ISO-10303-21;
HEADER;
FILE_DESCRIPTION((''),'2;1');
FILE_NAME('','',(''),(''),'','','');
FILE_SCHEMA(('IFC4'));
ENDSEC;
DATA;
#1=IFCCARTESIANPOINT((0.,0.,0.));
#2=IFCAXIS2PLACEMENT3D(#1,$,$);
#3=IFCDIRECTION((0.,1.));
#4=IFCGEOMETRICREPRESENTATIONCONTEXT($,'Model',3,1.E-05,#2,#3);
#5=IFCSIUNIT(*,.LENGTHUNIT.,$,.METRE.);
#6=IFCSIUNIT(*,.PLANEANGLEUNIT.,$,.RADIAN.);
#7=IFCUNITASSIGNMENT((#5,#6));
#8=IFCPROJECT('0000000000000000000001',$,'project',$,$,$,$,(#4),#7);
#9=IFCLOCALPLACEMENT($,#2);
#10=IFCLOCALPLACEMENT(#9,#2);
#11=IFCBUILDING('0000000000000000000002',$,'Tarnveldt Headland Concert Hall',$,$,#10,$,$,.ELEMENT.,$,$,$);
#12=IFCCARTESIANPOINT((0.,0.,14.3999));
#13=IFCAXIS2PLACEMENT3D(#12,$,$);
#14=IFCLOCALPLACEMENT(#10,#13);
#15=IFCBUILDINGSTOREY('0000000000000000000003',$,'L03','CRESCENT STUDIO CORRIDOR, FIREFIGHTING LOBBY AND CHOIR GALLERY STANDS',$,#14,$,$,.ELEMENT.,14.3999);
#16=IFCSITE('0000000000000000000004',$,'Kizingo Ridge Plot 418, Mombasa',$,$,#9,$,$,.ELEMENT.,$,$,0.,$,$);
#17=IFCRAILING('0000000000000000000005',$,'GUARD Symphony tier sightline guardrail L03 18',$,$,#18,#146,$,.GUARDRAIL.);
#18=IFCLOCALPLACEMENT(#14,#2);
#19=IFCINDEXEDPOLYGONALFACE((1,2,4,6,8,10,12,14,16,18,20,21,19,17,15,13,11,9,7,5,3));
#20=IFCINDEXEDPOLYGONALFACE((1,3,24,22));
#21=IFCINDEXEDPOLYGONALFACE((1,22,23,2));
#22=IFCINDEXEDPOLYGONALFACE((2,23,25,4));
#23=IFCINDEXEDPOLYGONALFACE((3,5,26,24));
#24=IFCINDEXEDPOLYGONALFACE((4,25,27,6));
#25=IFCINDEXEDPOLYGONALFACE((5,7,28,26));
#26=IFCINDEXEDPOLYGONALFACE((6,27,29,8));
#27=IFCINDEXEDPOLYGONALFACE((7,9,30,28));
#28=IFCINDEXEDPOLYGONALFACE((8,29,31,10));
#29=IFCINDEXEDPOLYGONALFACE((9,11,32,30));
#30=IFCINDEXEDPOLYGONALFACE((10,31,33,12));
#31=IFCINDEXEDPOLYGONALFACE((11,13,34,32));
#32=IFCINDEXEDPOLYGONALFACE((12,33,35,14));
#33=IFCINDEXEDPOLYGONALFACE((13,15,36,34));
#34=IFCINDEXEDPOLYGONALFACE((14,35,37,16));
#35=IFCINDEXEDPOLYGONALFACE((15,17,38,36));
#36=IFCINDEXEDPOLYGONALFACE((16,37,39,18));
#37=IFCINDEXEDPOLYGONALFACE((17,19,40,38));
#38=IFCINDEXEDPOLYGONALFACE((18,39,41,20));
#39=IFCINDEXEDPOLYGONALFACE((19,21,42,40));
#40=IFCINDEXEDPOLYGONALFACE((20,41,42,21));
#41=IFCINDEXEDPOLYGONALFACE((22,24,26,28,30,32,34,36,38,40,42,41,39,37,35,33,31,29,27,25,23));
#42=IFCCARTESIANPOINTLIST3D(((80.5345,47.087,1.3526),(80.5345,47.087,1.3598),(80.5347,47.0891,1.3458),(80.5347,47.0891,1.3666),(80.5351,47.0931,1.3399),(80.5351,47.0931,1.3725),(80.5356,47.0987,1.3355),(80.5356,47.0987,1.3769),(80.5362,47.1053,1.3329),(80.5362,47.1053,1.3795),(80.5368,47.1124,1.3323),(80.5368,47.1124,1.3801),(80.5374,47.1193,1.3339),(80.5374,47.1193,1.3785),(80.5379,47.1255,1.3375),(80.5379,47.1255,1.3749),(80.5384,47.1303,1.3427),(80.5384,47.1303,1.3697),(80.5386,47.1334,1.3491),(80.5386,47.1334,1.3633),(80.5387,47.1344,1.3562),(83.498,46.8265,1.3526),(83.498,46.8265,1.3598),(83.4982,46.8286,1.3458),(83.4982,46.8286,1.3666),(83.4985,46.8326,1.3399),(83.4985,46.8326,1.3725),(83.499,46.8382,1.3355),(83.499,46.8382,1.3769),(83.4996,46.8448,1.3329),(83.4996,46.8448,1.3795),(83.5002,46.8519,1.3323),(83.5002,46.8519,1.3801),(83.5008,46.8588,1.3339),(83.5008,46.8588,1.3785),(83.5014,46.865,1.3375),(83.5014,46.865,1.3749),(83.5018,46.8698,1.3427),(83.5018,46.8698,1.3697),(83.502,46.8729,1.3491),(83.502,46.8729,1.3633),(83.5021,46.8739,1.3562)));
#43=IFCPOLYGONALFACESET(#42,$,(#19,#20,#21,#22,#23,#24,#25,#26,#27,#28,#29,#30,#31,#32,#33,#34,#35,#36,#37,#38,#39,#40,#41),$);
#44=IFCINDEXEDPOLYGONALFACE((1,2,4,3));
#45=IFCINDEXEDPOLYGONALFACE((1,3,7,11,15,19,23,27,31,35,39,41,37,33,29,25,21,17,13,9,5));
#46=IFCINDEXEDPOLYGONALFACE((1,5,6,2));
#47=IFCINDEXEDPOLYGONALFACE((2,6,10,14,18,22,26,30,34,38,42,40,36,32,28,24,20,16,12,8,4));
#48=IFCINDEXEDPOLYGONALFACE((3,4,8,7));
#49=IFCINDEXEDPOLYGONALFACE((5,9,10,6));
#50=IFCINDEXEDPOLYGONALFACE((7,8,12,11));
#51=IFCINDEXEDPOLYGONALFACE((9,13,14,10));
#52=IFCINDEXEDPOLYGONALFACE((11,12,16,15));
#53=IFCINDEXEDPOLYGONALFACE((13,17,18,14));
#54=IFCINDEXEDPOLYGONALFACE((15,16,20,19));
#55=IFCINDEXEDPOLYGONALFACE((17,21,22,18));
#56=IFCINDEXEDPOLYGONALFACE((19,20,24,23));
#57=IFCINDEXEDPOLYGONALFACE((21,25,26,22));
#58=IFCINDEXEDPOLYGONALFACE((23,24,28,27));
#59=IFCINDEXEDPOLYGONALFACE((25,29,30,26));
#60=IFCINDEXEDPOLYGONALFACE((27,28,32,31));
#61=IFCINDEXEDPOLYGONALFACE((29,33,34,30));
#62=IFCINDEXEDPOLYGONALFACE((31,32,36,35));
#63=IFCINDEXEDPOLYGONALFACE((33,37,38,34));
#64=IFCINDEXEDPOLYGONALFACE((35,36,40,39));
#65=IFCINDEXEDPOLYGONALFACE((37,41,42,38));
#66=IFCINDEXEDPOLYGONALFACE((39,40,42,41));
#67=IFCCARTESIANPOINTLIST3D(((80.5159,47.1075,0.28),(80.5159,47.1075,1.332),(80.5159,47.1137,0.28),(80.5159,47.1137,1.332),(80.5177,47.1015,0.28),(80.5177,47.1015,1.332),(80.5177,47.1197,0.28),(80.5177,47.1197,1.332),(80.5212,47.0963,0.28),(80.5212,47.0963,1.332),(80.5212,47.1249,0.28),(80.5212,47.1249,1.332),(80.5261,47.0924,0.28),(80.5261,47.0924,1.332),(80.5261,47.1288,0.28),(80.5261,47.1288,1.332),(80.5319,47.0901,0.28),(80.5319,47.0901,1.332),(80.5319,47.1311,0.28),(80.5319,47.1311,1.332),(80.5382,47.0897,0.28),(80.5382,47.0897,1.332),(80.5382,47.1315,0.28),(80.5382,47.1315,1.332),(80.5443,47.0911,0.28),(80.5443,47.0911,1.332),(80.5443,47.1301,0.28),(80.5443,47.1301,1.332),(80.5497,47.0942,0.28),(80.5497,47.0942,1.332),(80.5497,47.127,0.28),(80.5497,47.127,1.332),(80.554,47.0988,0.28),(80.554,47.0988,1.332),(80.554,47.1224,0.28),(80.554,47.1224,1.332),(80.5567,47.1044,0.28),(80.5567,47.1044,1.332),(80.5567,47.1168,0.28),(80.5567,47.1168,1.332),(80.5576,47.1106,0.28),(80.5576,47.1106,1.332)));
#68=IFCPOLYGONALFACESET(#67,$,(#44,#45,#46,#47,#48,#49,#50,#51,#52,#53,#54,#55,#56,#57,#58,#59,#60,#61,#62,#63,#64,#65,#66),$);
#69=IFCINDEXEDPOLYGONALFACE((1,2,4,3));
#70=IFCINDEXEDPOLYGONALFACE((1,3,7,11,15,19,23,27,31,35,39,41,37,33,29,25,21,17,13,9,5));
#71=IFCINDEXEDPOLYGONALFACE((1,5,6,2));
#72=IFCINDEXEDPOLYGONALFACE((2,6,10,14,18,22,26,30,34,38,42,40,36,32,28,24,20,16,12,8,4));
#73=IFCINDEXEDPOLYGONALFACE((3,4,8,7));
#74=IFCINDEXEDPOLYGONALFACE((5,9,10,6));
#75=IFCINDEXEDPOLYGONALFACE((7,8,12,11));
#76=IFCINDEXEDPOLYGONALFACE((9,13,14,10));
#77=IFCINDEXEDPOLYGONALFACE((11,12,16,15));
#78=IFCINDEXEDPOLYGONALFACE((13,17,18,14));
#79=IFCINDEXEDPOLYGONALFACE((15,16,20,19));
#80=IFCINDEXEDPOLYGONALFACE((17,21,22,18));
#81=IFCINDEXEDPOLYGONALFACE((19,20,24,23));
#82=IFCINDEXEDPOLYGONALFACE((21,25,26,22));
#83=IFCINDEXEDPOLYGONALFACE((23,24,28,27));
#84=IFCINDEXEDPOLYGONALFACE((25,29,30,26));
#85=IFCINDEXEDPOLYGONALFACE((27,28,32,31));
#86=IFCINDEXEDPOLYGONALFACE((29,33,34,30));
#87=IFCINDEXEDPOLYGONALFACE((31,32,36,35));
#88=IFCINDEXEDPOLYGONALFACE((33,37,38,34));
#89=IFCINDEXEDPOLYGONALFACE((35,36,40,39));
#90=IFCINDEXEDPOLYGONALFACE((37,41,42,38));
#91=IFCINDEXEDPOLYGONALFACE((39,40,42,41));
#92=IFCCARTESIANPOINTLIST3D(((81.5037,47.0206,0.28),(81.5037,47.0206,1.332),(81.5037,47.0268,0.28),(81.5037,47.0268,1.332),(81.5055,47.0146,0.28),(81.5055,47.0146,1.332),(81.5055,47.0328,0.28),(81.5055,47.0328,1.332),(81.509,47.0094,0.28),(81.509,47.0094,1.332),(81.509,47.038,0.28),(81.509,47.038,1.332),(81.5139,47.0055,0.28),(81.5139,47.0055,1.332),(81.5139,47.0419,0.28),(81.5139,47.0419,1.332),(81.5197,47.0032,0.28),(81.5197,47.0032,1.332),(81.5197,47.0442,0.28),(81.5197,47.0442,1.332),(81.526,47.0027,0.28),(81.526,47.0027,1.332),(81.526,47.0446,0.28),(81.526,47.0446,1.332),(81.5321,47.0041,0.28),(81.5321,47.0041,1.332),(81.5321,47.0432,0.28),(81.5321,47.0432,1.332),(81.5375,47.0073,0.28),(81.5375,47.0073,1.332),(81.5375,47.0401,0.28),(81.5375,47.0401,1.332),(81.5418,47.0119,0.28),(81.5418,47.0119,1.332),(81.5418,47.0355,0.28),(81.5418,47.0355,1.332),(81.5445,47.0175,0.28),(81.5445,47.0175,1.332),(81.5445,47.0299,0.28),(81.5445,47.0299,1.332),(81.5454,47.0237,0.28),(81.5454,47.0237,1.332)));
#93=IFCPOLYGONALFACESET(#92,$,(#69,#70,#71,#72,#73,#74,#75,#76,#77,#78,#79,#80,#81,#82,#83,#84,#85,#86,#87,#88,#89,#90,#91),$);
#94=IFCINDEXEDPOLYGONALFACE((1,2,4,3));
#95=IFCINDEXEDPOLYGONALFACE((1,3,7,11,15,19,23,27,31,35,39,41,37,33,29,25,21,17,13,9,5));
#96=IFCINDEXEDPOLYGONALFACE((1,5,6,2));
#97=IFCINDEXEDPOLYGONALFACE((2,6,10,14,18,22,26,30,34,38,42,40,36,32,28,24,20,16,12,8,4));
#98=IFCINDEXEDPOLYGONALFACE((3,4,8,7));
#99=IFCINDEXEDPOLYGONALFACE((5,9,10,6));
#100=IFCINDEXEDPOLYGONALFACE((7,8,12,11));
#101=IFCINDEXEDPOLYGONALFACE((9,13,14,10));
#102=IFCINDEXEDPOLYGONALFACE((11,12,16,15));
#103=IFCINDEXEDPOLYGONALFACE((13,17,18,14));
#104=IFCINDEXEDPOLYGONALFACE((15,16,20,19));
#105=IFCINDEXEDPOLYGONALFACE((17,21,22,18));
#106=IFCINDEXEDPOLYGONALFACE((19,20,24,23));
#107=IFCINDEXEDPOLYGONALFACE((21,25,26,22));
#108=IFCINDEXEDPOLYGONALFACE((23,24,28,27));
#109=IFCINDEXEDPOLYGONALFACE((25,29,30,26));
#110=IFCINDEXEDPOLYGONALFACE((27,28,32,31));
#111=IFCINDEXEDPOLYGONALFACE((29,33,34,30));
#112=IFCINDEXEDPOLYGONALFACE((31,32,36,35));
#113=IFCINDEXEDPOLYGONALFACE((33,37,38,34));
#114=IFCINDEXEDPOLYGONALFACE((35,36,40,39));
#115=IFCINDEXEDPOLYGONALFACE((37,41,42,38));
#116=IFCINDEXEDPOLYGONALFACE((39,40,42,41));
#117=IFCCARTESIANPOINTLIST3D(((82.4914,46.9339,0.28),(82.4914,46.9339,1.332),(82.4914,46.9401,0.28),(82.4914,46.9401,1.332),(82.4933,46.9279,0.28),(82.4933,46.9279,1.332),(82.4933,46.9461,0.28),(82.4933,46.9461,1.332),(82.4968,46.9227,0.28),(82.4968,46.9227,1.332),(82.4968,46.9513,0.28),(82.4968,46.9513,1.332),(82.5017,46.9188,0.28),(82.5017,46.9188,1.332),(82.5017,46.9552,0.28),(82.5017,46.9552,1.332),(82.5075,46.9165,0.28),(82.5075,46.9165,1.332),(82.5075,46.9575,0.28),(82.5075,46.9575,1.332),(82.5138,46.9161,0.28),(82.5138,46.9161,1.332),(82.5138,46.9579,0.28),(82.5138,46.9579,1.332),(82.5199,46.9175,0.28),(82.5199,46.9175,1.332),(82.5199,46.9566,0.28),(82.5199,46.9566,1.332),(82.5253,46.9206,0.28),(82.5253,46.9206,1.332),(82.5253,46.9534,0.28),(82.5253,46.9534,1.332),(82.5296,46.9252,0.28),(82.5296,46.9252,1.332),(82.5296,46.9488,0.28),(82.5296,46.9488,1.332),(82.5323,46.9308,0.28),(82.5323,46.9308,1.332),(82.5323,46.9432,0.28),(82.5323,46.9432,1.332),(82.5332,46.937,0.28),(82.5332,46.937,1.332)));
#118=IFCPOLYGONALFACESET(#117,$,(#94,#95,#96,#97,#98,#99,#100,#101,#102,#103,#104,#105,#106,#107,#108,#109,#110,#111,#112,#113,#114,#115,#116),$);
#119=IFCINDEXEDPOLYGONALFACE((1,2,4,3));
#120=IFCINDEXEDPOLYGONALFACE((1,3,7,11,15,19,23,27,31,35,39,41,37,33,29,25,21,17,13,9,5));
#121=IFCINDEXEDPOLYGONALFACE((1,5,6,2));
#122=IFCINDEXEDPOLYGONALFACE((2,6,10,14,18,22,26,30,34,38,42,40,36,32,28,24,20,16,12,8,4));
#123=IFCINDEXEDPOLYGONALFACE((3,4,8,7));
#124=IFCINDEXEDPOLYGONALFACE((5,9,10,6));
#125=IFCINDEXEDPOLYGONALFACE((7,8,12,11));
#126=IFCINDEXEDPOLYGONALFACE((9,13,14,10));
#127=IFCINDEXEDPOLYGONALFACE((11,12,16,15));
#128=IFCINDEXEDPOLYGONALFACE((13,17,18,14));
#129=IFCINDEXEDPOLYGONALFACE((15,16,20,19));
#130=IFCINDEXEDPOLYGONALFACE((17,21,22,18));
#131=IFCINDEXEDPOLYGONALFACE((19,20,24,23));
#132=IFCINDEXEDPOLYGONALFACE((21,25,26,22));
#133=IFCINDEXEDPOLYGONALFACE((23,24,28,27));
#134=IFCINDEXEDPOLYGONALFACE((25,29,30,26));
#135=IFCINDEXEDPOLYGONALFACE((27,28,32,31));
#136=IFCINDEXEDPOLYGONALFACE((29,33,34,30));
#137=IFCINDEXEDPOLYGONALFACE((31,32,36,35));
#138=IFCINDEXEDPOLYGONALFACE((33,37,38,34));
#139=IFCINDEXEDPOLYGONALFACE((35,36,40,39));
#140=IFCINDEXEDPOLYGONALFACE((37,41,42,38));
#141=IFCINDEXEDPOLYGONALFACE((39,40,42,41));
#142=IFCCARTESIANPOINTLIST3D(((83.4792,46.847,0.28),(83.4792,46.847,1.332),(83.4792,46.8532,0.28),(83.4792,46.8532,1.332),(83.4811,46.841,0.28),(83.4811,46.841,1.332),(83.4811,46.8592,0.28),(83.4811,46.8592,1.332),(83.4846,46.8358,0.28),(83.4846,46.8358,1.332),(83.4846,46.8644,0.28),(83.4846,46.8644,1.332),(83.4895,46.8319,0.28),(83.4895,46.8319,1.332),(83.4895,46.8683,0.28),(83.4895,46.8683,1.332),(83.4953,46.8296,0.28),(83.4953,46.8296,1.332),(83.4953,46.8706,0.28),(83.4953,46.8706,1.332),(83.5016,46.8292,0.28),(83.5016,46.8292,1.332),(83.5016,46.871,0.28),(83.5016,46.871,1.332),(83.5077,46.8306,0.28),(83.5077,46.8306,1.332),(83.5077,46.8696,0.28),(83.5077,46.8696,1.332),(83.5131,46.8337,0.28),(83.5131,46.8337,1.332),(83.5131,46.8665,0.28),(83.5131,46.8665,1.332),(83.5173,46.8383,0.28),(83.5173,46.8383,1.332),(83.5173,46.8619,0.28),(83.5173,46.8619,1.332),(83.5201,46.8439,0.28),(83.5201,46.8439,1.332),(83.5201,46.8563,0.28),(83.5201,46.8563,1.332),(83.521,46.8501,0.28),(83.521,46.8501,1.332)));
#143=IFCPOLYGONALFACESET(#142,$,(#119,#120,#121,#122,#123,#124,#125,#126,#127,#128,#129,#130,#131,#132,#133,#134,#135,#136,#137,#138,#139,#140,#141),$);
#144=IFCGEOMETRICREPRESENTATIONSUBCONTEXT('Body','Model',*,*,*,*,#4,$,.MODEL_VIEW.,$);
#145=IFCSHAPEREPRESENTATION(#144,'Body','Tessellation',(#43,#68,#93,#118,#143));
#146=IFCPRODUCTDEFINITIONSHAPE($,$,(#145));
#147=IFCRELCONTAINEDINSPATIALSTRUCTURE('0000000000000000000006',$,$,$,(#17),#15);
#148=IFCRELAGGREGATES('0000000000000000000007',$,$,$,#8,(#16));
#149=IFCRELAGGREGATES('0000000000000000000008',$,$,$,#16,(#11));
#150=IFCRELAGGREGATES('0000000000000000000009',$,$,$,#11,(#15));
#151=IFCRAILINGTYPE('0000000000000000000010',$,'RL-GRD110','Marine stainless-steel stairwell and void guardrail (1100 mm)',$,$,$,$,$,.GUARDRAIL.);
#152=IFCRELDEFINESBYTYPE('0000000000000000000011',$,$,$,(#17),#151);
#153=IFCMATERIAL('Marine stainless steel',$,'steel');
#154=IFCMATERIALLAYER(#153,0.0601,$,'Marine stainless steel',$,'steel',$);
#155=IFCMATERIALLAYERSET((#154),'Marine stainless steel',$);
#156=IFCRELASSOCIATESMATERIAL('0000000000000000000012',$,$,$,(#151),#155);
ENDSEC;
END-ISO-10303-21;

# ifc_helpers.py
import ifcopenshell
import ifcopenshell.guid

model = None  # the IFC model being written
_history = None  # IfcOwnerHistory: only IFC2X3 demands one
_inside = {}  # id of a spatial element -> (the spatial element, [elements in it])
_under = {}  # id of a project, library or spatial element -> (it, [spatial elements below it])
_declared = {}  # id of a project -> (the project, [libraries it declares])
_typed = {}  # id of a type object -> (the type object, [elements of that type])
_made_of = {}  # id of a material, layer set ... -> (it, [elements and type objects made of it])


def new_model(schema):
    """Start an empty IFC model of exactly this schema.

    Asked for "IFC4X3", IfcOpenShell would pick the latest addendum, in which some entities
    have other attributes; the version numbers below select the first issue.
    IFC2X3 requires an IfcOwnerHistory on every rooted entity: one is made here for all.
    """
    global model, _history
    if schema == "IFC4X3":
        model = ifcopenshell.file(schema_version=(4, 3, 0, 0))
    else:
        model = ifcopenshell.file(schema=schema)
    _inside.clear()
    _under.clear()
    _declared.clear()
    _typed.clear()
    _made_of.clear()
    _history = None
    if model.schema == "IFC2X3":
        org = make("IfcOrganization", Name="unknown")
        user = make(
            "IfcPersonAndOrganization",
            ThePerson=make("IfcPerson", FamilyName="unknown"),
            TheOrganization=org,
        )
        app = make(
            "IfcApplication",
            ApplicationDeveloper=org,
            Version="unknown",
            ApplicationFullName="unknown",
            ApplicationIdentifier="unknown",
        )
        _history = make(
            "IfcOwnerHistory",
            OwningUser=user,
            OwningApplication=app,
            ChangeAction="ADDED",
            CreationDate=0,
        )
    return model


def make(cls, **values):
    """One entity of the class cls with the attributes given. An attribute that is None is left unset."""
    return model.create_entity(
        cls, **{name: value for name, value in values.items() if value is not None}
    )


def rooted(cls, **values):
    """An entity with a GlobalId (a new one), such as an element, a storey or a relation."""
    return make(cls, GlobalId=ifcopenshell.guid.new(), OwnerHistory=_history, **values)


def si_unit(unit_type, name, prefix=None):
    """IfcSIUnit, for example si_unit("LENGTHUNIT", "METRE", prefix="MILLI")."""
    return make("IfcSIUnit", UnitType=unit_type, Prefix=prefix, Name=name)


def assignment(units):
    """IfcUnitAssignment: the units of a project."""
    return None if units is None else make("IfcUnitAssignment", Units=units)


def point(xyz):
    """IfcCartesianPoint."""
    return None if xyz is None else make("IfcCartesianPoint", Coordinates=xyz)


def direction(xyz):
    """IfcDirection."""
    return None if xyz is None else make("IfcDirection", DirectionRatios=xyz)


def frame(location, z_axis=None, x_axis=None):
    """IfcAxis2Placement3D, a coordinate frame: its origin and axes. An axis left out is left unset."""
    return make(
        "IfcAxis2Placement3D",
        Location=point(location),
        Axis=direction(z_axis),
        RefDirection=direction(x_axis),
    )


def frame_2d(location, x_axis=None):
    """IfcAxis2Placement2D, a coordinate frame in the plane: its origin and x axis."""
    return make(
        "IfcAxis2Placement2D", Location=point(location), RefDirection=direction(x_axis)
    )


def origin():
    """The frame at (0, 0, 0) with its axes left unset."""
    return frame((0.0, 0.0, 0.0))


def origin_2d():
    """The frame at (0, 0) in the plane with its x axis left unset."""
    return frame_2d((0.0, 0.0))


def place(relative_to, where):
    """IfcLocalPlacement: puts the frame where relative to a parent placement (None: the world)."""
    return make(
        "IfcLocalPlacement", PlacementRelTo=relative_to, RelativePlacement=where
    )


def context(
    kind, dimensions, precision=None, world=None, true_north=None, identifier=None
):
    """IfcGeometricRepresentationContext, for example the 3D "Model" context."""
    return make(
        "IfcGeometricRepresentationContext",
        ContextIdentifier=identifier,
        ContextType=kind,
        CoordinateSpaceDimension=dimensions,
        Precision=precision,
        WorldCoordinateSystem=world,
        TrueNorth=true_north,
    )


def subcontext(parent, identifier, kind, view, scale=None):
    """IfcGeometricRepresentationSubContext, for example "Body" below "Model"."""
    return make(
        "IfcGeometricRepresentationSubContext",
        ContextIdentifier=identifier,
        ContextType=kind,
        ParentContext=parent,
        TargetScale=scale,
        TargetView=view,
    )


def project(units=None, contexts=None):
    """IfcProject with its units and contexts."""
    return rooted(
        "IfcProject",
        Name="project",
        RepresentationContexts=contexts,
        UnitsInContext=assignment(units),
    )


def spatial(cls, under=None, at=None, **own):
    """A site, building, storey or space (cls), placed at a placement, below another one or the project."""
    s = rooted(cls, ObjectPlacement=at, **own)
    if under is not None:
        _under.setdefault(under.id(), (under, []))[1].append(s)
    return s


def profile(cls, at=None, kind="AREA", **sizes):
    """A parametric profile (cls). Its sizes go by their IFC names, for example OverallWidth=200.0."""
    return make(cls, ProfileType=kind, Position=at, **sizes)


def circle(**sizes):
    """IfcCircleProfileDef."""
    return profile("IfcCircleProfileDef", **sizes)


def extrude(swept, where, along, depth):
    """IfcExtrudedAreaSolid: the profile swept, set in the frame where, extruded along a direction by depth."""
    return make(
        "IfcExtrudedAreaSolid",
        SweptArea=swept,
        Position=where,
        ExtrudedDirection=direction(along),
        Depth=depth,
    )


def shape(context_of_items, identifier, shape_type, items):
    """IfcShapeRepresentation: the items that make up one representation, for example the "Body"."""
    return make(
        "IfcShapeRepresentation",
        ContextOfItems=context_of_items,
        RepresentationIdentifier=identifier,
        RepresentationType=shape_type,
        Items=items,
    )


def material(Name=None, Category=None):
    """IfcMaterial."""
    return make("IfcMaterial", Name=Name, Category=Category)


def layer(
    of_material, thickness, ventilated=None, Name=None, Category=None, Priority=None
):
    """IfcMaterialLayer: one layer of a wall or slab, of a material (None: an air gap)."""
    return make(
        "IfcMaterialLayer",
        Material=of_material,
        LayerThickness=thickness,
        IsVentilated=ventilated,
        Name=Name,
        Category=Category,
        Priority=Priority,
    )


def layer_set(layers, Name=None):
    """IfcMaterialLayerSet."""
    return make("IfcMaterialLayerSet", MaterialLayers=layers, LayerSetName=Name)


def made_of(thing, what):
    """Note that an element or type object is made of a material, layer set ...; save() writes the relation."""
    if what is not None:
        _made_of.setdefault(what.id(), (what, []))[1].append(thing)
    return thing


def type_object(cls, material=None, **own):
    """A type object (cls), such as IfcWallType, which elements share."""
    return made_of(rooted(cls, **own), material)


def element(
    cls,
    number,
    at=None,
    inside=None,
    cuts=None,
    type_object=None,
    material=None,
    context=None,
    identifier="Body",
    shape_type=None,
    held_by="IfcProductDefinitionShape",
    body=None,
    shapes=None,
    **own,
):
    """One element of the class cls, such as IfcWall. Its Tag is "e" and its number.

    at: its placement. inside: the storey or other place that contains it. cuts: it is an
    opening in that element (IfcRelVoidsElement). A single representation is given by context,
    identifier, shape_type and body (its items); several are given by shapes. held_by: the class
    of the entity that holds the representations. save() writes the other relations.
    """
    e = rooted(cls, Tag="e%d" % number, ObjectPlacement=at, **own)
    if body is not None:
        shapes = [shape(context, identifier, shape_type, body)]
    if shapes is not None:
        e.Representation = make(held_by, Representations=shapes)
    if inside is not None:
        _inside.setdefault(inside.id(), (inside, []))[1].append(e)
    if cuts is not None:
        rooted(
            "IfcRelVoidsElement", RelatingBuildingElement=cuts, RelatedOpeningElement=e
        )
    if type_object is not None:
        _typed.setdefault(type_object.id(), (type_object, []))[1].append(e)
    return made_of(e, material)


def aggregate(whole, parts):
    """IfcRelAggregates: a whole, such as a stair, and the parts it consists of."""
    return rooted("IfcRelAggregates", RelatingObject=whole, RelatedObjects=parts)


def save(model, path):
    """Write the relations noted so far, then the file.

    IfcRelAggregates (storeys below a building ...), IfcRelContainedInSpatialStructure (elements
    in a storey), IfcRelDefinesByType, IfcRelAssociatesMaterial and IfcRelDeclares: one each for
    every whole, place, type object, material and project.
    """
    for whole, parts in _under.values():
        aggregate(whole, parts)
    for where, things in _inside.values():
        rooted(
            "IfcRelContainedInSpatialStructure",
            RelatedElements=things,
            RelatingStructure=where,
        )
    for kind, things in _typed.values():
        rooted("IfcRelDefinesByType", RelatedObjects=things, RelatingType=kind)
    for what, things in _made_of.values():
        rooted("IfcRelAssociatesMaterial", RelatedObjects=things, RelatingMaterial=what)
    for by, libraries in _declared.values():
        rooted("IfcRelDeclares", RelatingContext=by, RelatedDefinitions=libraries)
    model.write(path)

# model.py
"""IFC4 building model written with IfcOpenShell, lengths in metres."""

from ifc_helpers import new_model, si_unit, direction, frame, origin, origin_2d, place, context, subcontext, project, spatial, circle, extrude, material, layer, layer_set, type_object, element, save


model = new_model("IFC4")

# Units and contexts
model_context = context("Model", 3, precision=1e-05, world=origin(), true_north=direction((0.0, 1.0)))
body_context = subcontext(model_context, "Body", "Model", "MODEL_VIEW")
ifc_project = project(units=[si_unit("LENGTHUNIT", "METRE"), si_unit("PLANEANGLEUNIT", "RADIAN")], contexts=[model_context])

# Site, building, storey
site_placement = place(None, origin())
site = spatial("IfcSite", under=ifc_project, at=site_placement, Name="Kizingo Ridge Plot 418, Mombasa", CompositionType="ELEMENT", RefElevation=0.0)
building_placement = place(site_placement, origin())
building = spatial("IfcBuilding", under=site, at=building_placement, Name="Tarnveldt Headland Concert Hall", CompositionType="ELEMENT")
storey_placement = place(building_placement, frame((0.0, 0.0, 14.3999)))
storey = spatial("IfcBuildingStorey", under=building, at=storey_placement, Name="L03", Description="CRESCENT STUDIO CORRIDOR, FIREFIGHTING LOBBY AND CHOIR GALLERY STANDS", CompositionType="ELEMENT", Elevation=14.3999)

# Railing
ifc_material_1 = material(Name="Marine stainless steel", Category="steel")
ifc_layer = layer(ifc_material_1, 0.0601, Name="Marine stainless steel", Category="steel")
ifc_layer_set = layer_set([ifc_layer], Name="Marine stainless steel")
railing_type = type_object("IfcRailingType", Name="RL-GRD110", Description="Marine stainless-steel stairwell and void guardrail (1100 mm)", PredefinedType="GUARDRAIL", material=ifc_layer_set)
railing_1_placement = place(storey_placement, frame((80.5366, 47.1106, 0.28)))
element("IfcRailing", 1, at=railing_1_placement, inside=storey, type_object=railing_type, Name="GUARD Symphony tier sightline guardrail L03 18", PredefinedType="GUARDRAIL", context=body_context, shape_type="SweptSolid", body=[
    extrude(circle(Radius=0.0239, at=origin_2d()), frame((0.0, 0.0, 1.0762), z_axis=(0.996159, -0.087568, 0.0), x_axis=(0.087568, 0.996159, 0.0)), (0.0, 0.0, 1.0), 2.9749),
    extrude(circle(Radius=0.021, at=origin_2d()), origin(), (0.0, 0.0, 1.0), 1.052),
    extrude(circle(Radius=0.021, at=origin_2d()), frame((0.9878, -0.0869, 0.0)), (0.0, 0.0, 1.0), 1.052),
    extrude(circle(Radius=0.021, at=origin_2d()), frame((1.9756, -0.1736, 0.0)), (0.0, 0.0, 1.0), 1.052),
    extrude(circle(Radius=0.021, at=origin_2d()), frame((2.9634, -0.2605, 0.0)), (0.0, 0.0, 1.0), 1.052),
])

save(model, "model.ifc")
